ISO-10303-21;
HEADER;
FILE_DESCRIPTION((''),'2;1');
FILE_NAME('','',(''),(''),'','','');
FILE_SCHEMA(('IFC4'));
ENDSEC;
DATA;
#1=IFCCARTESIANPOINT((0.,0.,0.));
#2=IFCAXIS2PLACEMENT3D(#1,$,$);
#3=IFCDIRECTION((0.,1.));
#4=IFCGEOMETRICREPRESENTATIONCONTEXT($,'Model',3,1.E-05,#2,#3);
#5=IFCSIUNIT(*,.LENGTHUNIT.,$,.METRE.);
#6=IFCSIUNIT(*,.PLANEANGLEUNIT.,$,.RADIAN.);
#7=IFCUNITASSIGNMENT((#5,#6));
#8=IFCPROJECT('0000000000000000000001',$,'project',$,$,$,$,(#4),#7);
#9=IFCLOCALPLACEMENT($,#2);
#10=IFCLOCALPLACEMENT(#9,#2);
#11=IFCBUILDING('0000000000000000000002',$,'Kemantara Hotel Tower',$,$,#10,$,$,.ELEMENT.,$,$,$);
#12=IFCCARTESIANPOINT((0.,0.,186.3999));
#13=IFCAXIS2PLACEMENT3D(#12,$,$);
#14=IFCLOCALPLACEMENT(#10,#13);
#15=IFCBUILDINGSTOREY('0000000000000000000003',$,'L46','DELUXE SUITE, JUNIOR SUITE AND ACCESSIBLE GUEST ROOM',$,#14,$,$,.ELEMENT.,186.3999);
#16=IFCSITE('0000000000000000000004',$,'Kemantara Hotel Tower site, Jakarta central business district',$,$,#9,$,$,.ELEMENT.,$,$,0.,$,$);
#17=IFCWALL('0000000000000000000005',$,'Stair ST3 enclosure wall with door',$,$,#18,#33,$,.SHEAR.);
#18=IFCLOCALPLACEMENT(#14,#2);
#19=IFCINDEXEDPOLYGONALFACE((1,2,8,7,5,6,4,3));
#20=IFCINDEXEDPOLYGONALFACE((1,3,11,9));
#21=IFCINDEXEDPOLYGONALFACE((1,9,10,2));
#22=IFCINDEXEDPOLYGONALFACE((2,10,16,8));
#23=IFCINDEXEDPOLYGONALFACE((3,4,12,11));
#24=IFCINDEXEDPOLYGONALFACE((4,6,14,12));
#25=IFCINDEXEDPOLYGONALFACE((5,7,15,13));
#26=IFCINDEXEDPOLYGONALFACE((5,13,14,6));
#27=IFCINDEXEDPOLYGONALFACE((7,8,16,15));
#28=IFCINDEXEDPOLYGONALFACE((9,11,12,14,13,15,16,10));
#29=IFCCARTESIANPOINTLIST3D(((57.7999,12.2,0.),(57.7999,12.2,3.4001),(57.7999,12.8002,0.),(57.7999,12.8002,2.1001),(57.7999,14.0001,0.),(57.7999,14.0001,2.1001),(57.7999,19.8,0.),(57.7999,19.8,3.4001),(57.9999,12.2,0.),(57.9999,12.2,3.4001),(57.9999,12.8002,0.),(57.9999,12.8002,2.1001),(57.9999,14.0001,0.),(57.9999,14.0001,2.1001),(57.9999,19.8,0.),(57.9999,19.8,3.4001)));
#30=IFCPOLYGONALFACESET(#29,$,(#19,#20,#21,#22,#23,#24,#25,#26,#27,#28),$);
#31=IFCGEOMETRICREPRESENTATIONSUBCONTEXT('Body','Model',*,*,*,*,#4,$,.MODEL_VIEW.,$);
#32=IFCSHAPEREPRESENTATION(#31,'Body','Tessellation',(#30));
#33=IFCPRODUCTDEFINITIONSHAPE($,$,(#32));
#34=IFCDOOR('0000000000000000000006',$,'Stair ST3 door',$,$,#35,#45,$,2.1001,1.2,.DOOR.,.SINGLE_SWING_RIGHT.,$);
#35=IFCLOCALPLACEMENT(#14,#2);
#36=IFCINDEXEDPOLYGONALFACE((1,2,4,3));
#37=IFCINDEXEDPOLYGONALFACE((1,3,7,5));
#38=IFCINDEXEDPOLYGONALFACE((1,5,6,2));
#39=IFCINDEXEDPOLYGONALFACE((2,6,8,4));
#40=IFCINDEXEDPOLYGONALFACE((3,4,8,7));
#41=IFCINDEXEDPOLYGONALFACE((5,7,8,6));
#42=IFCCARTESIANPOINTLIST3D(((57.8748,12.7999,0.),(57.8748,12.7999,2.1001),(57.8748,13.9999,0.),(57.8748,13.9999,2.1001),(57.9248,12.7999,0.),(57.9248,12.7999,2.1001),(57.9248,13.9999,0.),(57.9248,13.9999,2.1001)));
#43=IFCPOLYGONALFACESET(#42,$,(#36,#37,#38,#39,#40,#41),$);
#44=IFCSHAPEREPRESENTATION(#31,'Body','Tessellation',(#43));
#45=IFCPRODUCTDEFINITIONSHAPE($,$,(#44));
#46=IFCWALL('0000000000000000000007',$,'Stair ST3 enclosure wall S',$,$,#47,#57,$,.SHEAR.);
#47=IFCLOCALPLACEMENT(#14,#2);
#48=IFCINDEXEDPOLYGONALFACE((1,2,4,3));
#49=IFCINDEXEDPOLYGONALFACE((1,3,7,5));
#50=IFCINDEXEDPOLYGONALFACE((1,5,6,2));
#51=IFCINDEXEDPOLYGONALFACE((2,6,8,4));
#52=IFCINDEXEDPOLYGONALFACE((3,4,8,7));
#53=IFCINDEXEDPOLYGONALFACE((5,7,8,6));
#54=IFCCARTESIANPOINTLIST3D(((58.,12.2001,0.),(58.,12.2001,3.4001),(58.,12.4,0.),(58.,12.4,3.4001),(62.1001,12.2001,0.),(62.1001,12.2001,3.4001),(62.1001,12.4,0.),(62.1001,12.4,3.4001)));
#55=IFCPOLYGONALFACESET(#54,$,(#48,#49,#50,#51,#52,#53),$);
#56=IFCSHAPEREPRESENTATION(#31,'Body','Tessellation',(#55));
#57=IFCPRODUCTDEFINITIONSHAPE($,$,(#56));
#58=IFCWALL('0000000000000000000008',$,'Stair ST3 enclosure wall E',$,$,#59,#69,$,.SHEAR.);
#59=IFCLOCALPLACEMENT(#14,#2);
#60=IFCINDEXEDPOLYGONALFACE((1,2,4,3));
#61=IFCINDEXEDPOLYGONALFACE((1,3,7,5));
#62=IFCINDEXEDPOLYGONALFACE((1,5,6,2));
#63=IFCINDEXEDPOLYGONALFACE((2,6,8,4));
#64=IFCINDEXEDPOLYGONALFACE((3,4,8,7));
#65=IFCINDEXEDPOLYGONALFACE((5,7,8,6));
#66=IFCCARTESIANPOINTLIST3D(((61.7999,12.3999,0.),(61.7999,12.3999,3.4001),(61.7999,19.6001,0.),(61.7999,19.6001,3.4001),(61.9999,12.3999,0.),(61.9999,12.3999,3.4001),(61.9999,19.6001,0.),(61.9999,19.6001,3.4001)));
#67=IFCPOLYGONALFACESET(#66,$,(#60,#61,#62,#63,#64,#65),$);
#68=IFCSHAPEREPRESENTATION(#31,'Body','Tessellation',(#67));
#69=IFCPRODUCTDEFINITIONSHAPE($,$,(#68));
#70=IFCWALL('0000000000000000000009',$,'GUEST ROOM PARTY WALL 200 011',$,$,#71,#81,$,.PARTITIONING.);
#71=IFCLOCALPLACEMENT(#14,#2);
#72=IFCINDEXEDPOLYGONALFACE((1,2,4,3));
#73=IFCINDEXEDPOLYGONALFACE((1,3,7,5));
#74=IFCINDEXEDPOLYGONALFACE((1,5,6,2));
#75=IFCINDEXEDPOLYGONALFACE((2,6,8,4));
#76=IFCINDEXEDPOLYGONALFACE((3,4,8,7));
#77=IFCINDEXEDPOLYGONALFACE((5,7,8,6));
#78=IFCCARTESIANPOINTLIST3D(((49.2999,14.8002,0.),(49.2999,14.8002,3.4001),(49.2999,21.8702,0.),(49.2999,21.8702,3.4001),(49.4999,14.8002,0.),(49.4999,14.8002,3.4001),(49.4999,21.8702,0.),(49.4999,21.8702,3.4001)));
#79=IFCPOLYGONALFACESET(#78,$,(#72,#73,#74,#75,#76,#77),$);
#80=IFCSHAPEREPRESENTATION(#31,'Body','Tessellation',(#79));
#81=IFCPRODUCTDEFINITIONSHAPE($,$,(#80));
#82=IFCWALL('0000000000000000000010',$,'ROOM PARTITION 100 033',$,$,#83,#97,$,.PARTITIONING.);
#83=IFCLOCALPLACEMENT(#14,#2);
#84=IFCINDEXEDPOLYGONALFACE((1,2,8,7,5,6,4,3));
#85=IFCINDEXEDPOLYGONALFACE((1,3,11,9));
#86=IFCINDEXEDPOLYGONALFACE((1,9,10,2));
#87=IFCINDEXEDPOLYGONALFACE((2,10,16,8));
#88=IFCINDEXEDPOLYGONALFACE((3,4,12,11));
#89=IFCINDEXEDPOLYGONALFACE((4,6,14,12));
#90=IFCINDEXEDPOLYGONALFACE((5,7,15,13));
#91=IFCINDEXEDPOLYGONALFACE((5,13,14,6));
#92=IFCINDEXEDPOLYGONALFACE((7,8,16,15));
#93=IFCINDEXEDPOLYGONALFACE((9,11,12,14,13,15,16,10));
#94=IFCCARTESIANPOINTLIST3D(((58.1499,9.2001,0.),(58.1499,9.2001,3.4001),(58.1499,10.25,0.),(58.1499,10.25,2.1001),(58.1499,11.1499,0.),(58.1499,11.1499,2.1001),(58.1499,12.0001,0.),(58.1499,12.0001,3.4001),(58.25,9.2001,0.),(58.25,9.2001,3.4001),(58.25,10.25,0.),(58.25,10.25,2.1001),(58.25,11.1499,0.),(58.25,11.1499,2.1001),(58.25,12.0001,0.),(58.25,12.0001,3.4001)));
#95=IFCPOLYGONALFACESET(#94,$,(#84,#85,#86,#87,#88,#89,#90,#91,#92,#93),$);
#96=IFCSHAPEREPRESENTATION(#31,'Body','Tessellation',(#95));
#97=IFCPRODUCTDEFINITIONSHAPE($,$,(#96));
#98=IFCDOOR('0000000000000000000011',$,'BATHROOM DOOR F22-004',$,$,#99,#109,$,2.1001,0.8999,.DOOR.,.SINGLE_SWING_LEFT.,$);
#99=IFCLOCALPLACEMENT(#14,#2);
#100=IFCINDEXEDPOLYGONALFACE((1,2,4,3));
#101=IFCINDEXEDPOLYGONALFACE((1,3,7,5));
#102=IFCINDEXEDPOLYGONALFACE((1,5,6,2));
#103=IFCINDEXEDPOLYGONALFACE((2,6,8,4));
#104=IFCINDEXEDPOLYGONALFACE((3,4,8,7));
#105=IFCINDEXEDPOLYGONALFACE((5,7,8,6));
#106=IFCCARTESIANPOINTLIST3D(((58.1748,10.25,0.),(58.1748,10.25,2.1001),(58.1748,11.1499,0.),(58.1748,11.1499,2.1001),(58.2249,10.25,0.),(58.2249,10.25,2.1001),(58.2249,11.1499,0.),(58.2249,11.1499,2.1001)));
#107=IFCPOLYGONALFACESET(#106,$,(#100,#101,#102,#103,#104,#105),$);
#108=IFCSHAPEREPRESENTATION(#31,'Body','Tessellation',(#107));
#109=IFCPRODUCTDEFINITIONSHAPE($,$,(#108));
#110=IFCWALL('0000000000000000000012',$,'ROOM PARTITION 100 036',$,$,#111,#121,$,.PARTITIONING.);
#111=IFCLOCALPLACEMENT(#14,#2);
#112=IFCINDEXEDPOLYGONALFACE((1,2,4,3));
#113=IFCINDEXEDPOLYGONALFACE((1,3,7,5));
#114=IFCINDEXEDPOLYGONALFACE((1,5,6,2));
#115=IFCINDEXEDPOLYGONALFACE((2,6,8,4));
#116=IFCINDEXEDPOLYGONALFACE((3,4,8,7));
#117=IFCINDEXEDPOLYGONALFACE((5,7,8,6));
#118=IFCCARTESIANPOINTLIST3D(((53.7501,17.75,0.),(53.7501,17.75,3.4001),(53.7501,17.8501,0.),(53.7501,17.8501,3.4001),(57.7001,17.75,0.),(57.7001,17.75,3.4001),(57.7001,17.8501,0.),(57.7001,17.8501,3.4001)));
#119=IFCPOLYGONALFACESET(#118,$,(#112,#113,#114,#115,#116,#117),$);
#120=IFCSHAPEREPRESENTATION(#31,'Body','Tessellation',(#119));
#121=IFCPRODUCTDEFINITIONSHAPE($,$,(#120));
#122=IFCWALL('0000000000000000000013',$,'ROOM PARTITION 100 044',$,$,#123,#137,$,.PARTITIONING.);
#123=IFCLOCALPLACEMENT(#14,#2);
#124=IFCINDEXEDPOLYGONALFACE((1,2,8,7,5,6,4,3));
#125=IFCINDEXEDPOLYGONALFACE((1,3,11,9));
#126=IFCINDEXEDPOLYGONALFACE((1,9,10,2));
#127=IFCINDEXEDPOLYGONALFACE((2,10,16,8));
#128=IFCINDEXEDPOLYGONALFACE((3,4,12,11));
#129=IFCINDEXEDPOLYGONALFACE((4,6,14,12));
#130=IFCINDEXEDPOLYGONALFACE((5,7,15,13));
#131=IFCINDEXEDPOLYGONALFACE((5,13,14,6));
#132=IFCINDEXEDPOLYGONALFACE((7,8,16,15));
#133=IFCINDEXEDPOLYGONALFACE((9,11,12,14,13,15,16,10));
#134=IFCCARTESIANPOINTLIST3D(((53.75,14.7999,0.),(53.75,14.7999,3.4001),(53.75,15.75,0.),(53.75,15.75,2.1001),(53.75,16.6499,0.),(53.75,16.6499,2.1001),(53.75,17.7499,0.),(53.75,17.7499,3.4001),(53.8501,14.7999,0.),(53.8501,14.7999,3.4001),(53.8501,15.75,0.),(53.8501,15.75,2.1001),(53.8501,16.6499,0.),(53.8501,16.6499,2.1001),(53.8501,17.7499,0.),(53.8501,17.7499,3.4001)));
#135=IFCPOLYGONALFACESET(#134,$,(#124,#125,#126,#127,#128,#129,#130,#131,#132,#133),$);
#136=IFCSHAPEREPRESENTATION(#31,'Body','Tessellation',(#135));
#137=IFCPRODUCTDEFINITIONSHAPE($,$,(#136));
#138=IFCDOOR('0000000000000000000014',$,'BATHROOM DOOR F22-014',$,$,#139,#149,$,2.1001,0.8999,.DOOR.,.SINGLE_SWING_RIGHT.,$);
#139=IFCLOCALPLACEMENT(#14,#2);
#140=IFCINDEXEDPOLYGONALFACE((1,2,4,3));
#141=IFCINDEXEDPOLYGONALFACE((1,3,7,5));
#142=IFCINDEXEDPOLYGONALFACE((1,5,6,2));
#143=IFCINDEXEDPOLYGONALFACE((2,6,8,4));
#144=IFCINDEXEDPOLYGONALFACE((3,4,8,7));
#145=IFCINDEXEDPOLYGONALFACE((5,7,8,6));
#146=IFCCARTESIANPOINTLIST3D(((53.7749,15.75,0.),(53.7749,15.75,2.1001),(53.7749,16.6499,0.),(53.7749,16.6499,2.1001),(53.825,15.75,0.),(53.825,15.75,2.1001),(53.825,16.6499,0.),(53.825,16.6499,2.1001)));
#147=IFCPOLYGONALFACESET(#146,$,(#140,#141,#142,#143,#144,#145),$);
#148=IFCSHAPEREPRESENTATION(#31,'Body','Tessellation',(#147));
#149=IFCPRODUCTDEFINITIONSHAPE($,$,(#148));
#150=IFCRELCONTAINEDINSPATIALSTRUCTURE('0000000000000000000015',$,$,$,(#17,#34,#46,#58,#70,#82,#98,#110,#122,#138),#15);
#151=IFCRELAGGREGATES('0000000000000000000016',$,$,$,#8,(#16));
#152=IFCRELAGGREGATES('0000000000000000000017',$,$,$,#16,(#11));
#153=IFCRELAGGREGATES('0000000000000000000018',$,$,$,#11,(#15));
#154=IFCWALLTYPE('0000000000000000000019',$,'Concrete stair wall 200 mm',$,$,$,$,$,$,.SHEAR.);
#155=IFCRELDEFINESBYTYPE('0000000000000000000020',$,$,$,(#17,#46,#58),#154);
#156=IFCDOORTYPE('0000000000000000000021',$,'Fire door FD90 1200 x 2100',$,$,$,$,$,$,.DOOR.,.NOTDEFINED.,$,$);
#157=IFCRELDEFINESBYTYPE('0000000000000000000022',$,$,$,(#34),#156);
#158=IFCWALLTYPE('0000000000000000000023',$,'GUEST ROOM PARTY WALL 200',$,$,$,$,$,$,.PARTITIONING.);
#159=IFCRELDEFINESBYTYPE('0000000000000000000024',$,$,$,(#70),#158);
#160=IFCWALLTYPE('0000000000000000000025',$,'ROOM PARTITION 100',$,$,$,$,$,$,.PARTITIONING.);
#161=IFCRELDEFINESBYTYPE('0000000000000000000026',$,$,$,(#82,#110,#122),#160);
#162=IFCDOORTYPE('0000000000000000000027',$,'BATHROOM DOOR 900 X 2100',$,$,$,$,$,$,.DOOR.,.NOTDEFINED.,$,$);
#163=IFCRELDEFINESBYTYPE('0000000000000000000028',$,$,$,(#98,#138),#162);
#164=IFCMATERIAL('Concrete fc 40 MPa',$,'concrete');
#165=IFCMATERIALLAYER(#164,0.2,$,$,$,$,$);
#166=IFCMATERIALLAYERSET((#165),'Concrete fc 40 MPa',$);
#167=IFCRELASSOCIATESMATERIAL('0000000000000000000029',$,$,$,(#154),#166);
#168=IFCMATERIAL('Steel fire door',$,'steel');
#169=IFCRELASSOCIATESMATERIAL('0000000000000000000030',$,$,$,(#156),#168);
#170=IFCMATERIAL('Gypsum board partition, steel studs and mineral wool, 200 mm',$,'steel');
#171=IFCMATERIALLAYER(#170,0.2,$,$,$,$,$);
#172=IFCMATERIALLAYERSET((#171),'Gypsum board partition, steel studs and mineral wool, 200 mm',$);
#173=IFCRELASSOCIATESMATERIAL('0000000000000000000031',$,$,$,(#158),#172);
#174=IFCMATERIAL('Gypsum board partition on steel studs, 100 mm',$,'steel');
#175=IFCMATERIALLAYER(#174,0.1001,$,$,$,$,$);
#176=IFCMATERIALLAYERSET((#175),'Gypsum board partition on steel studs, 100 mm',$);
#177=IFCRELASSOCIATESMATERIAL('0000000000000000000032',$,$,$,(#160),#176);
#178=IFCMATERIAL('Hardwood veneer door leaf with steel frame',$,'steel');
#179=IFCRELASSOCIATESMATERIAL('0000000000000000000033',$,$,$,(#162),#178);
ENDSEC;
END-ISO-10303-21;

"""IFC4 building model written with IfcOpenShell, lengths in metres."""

from ifc_helpers import new_model, si_unit, direction, frame, frame_2d, origin, place, context, subcontext, project, spatial, rectangle, extrude, material, layer, layer_set, type_object, element, fill, save


model = new_model("IFC4")

# Units and contexts
model_context = context("Model", 3, precision=1e-05, world=origin(), true_north=direction((0.0, 1.0)))
body_context = subcontext(model_context, "Body", "Model", "MODEL_VIEW")
ifc_project = project(units=[si_unit("LENGTHUNIT", "METRE"), si_unit("PLANEANGLEUNIT", "RADIAN")], contexts=[model_context])

# Site, building, storey
site_placement = place(None, origin())
site = spatial("IfcSite", under=ifc_project, at=site_placement, Name="Kemantara Hotel Tower site, Jakarta central business district", CompositionType="ELEMENT", RefElevation=0.0)
building_placement = place(site_placement, origin())
building = spatial("IfcBuilding", under=site, at=building_placement, Name="Kemantara Hotel Tower", CompositionType="ELEMENT")
storey_placement = place(building_placement, frame((0.0, 0.0, 186.3999)))
storey = spatial("IfcBuildingStorey", under=building, at=storey_placement, Name="L46", Description="DELUXE SUITE, JUNIOR SUITE AND ACCESSIBLE GUEST ROOM", CompositionType="ELEMENT", Elevation=186.3999)

# Shared definitions
ifc_material_1 = material(Name="Gypsum board partition, steel studs and mineral wool, 200 mm", Category="steel")
ifc_material_2 = material(Name="Hardwood veneer door leaf with steel frame", Category="steel")

# Wall, opening, door
ifc_material_3 = material(Name="Concrete fc 40 MPa", Category="concrete")
ifc_layer_1 = layer(ifc_material_3, 0.2)
ifc_layer_set_1 = layer_set([ifc_layer_1], Name="Concrete fc 40 MPa")
wall_type_1 = type_object("IfcWallType", Name="Concrete stair wall 200 mm", PredefinedType="SHEAR", material=ifc_layer_set_1)
wall_1_placement = place(storey_placement, frame((57.8999, 12.2, 0.0), z_axis=(0.0, 0.0, 1.0), x_axis=(0.0, 1.0, 0.0)))
wall_1 = element("IfcWall", 1, at=wall_1_placement, inside=storey, type_object=wall_type_1, Name="Stair ST3 enclosure wall with door", PredefinedType="SHEAR", context=body_context, shape_type="SweptSolid", body=[
    extrude(rectangle(XDim=7.6001, YDim=0.2, at=frame_2d((3.8, 0.0))), origin(), (0.0, 0.0, 1.0), 3.4001),
])
opening_1_placement = place(wall_1_placement, frame((0.6001, 0.0, 0.0)))
opening_1 = element("IfcOpeningElement", 2, at=opening_1_placement, cuts=wall_1, PredefinedType="OPENING", context=body_context, shape_type="SweptSolid", body=[
    extrude(rectangle(XDim=1.2, YDim=2.1001, at=frame_2d((0.6001, 1.05))), frame((0.0, 0.1099, 0.0), z_axis=(0.0, -1.0, 0.0), x_axis=(1.0, 0.0, 0.0)), (0.0, 0.0, 1.0), 0.22),
])
ifc_material_4 = material(Name="Steel fire door", Category="steel")
door_type_1 = type_object("IfcDoorType", Name="Fire door FD90 1200 x 2100", OperationType="NOTDEFINED", PredefinedType="DOOR", material=ifc_material_4)
door_1_placement = place(opening_1_placement, frame((1.2, 0.0, 0.0), z_axis=(0.0, 0.0, 1.0), x_axis=(-1.0, 0.0, 0.0)))
door_1 = element("IfcDoor", 3, at=door_1_placement, inside=storey, type_object=door_type_1, Name="Stair ST3 door", OperationType="SINGLE_SWING_RIGHT", OverallHeight=2.1001, OverallWidth=1.2, PredefinedType="DOOR", context=body_context, shape_type="SweptSolid", body=[
    extrude(rectangle(XDim=1.2, YDim=2.1001, at=frame_2d((0.6001, 1.05))), frame((0.0, 0.0249, 0.0), z_axis=(0.0, -1.0, 0.0), x_axis=(1.0, 0.0, 0.0)), (0.0, 0.0, 1.0), 0.05),
])
fill(opening_1, door_1)

# Walls
wall_2_placement = place(storey_placement, frame((58.0, 12.3, 0.0), z_axis=(0.0, 0.0, 1.0), x_axis=(1.0, 0.0, 0.0)))
element("IfcWall", 4, at=wall_2_placement, inside=storey, type_object=wall_type_1, Name="Stair ST3 enclosure wall S", PredefinedType="SHEAR", context=body_context, shape_type="SweptSolid", body=[
    extrude(rectangle(XDim=4.1001, YDim=0.2, at=frame_2d((2.05, 0.0))), origin(), (0.0, 0.0, 1.0), 3.4001),
])
wall_3_placement = place(storey_placement, frame((61.8999, 12.3999, 0.0), z_axis=(0.0, 0.0, 1.0), x_axis=(0.0, 1.0, 0.0)))
element("IfcWall", 5, at=wall_3_placement, inside=storey, type_object=wall_type_1, Name="Stair ST3 enclosure wall E", PredefinedType="SHEAR", context=body_context, shape_type="SweptSolid", body=[
    extrude(rectangle(XDim=7.2002, YDim=0.2, at=frame_2d((3.6001, 0.0))), origin(), (0.0, 0.0, 1.0), 3.4001),
])
ifc_layer_2 = layer(ifc_material_1, 0.2)
ifc_layer_set_2 = layer_set([ifc_layer_2], Name="Gypsum board partition, steel studs and mineral wool, 200 mm")
wall_type_2 = type_object("IfcWallType", Name="GUEST ROOM PARTY WALL 200", PredefinedType="PARTITIONING", material=ifc_layer_set_2)
wall_4_placement = place(storey_placement, frame((49.3999, 14.8, 0.0), z_axis=(0.0, 0.0, 1.0), x_axis=(0.0, 1.0, 0.0)))
element("IfcWall", 6, at=wall_4_placement, inside=storey, type_object=wall_type_2, Name="GUEST ROOM PARTY WALL 200 011", PredefinedType="PARTITIONING", context=body_context, shape_type="SweptSolid", body=[
    extrude(rectangle(XDim=7.0701, YDim=0.2, at=frame_2d((3.5352, 0.0))), origin(), (0.0, 0.0, 1.0), 3.4001),
])

# Wall, opening, door
ifc_material_5 = material(Name="Gypsum board partition on steel studs, 100 mm", Category="steel")
ifc_layer_3 = layer(ifc_material_5, 0.1001)
ifc_layer_set_3 = layer_set([ifc_layer_3], Name="Gypsum board partition on steel studs, 100 mm")
wall_type_3 = type_object("IfcWallType", Name="ROOM PARTITION 100", PredefinedType="PARTITIONING", material=ifc_layer_set_3)
wall_5_placement = place(storey_placement, frame((58.2, 12.0, 0.0), z_axis=(0.0, 0.0, 1.0), x_axis=(0.0, -1.0, 0.0)))
wall_5 = element("IfcWall", 7, at=wall_5_placement, inside=storey, type_object=wall_type_3, Name="ROOM PARTITION 100 033", PredefinedType="PARTITIONING", context=body_context, shape_type="SweptSolid", body=[
    extrude(rectangle(XDim=2.8, YDim=0.1001, at=frame_2d((1.3999, 0.0))), origin(), (0.0, 0.0, 1.0), 3.4001),
])
opening_2_placement = place(wall_5_placement, frame((0.8501, 0.0, 0.0)))
opening_2 = element("IfcOpeningElement", 8, at=opening_2_placement, cuts=wall_5, PredefinedType="OPENING", context=body_context, shape_type="SweptSolid", body=[
    extrude(rectangle(XDim=0.8999, YDim=2.1001, at=frame_2d((0.45, 1.05))), frame((0.0, 0.0601, 0.0), z_axis=(0.0, -1.0, 0.0), x_axis=(1.0, 0.0, 0.0)), (0.0, 0.0, 1.0), 0.1201),
])
door_type_2 = type_object("IfcDoorType", Name="BATHROOM DOOR 900 X 2100", OperationType="NOTDEFINED", PredefinedType="DOOR", material=ifc_material_2)
door_2_placement = place(opening_2_placement, origin())
door_2 = element("IfcDoor", 9, at=door_2_placement, inside=storey, type_object=door_type_2, Name="BATHROOM DOOR F22-004", OperationType="SINGLE_SWING_LEFT", OverallHeight=2.1001, OverallWidth=0.8999, PredefinedType="DOOR", context=body_context, shape_type="SweptSolid", body=[
    extrude(rectangle(XDim=0.8999, YDim=2.1001, at=frame_2d((0.45, 1.05))), frame((0.0, 0.0249, 0.0), z_axis=(0.0, -1.0, 0.0), x_axis=(1.0, 0.0, 0.0)), (0.0, 0.0, 1.0), 0.05),
])
fill(opening_2, door_2)

# Wall
wall_6_placement = place(storey_placement, frame((53.75, 17.8, 0.0), z_axis=(0.0, 0.0, 1.0), x_axis=(1.0, 0.0, 0.0)))
element("IfcWall", 10, at=wall_6_placement, inside=storey, type_object=wall_type_3, Name="ROOM PARTITION 100 036", PredefinedType="PARTITIONING", context=body_context, shape_type="SweptSolid", body=[
    extrude(rectangle(XDim=3.95, YDim=0.1001, at=frame_2d((1.9751, 0.0))), origin(), (0.0, 0.0, 1.0), 3.4001),
])

# Wall, opening, door
wall_7_placement = place(storey_placement, frame((53.8, 17.75, 0.0), z_axis=(0.0, 0.0, 1.0), x_axis=(0.0, -1.0, 0.0)))
wall_7 = element("IfcWall", 11, at=wall_7_placement, inside=storey, type_object=wall_type_3, Name="ROOM PARTITION 100 044", PredefinedType="PARTITIONING", context=body_context, shape_type="SweptSolid", body=[
    extrude(rectangle(XDim=2.95, YDim=0.1001, at=frame_2d((1.4751, 0.0))), origin(), (0.0, 0.0, 1.0), 3.4001),
])
opening_3_placement = place(wall_7_placement, frame((1.1001, 0.0, 0.0)))
opening_3 = element("IfcOpeningElement", 12, at=opening_3_placement, cuts=wall_7, PredefinedType="OPENING", context=body_context, shape_type="SweptSolid", body=[
    extrude(rectangle(XDim=0.8999, YDim=2.1001, at=frame_2d((0.45, 1.05))), frame((0.0, 0.0601, 0.0), z_axis=(0.0, -1.0, 0.0), x_axis=(1.0, 0.0, 0.0)), (0.0, 0.0, 1.0), 0.1201),
])
door_3_placement = place(opening_3_placement, origin())
door_3 = element("IfcDoor", 13, at=door_3_placement, inside=storey, type_object=door_type_2, Name="BATHROOM DOOR F22-014", OperationType="SINGLE_SWING_RIGHT", OverallHeight=2.1001, OverallWidth=0.8999, PredefinedType="DOOR", context=body_context, shape_type="SweptSolid", body=[
    extrude(rectangle(XDim=0.8999, YDim=2.1001, at=frame_2d((0.45, 1.05))), frame((0.0, 0.0249, 0.0), z_axis=(0.0, -1.0, 0.0), x_axis=(1.0, 0.0, 0.0)), (0.0, 0.0, 1.0), 0.05),
])
fill(opening_3, door_3)

save(model, "model.ifc")
